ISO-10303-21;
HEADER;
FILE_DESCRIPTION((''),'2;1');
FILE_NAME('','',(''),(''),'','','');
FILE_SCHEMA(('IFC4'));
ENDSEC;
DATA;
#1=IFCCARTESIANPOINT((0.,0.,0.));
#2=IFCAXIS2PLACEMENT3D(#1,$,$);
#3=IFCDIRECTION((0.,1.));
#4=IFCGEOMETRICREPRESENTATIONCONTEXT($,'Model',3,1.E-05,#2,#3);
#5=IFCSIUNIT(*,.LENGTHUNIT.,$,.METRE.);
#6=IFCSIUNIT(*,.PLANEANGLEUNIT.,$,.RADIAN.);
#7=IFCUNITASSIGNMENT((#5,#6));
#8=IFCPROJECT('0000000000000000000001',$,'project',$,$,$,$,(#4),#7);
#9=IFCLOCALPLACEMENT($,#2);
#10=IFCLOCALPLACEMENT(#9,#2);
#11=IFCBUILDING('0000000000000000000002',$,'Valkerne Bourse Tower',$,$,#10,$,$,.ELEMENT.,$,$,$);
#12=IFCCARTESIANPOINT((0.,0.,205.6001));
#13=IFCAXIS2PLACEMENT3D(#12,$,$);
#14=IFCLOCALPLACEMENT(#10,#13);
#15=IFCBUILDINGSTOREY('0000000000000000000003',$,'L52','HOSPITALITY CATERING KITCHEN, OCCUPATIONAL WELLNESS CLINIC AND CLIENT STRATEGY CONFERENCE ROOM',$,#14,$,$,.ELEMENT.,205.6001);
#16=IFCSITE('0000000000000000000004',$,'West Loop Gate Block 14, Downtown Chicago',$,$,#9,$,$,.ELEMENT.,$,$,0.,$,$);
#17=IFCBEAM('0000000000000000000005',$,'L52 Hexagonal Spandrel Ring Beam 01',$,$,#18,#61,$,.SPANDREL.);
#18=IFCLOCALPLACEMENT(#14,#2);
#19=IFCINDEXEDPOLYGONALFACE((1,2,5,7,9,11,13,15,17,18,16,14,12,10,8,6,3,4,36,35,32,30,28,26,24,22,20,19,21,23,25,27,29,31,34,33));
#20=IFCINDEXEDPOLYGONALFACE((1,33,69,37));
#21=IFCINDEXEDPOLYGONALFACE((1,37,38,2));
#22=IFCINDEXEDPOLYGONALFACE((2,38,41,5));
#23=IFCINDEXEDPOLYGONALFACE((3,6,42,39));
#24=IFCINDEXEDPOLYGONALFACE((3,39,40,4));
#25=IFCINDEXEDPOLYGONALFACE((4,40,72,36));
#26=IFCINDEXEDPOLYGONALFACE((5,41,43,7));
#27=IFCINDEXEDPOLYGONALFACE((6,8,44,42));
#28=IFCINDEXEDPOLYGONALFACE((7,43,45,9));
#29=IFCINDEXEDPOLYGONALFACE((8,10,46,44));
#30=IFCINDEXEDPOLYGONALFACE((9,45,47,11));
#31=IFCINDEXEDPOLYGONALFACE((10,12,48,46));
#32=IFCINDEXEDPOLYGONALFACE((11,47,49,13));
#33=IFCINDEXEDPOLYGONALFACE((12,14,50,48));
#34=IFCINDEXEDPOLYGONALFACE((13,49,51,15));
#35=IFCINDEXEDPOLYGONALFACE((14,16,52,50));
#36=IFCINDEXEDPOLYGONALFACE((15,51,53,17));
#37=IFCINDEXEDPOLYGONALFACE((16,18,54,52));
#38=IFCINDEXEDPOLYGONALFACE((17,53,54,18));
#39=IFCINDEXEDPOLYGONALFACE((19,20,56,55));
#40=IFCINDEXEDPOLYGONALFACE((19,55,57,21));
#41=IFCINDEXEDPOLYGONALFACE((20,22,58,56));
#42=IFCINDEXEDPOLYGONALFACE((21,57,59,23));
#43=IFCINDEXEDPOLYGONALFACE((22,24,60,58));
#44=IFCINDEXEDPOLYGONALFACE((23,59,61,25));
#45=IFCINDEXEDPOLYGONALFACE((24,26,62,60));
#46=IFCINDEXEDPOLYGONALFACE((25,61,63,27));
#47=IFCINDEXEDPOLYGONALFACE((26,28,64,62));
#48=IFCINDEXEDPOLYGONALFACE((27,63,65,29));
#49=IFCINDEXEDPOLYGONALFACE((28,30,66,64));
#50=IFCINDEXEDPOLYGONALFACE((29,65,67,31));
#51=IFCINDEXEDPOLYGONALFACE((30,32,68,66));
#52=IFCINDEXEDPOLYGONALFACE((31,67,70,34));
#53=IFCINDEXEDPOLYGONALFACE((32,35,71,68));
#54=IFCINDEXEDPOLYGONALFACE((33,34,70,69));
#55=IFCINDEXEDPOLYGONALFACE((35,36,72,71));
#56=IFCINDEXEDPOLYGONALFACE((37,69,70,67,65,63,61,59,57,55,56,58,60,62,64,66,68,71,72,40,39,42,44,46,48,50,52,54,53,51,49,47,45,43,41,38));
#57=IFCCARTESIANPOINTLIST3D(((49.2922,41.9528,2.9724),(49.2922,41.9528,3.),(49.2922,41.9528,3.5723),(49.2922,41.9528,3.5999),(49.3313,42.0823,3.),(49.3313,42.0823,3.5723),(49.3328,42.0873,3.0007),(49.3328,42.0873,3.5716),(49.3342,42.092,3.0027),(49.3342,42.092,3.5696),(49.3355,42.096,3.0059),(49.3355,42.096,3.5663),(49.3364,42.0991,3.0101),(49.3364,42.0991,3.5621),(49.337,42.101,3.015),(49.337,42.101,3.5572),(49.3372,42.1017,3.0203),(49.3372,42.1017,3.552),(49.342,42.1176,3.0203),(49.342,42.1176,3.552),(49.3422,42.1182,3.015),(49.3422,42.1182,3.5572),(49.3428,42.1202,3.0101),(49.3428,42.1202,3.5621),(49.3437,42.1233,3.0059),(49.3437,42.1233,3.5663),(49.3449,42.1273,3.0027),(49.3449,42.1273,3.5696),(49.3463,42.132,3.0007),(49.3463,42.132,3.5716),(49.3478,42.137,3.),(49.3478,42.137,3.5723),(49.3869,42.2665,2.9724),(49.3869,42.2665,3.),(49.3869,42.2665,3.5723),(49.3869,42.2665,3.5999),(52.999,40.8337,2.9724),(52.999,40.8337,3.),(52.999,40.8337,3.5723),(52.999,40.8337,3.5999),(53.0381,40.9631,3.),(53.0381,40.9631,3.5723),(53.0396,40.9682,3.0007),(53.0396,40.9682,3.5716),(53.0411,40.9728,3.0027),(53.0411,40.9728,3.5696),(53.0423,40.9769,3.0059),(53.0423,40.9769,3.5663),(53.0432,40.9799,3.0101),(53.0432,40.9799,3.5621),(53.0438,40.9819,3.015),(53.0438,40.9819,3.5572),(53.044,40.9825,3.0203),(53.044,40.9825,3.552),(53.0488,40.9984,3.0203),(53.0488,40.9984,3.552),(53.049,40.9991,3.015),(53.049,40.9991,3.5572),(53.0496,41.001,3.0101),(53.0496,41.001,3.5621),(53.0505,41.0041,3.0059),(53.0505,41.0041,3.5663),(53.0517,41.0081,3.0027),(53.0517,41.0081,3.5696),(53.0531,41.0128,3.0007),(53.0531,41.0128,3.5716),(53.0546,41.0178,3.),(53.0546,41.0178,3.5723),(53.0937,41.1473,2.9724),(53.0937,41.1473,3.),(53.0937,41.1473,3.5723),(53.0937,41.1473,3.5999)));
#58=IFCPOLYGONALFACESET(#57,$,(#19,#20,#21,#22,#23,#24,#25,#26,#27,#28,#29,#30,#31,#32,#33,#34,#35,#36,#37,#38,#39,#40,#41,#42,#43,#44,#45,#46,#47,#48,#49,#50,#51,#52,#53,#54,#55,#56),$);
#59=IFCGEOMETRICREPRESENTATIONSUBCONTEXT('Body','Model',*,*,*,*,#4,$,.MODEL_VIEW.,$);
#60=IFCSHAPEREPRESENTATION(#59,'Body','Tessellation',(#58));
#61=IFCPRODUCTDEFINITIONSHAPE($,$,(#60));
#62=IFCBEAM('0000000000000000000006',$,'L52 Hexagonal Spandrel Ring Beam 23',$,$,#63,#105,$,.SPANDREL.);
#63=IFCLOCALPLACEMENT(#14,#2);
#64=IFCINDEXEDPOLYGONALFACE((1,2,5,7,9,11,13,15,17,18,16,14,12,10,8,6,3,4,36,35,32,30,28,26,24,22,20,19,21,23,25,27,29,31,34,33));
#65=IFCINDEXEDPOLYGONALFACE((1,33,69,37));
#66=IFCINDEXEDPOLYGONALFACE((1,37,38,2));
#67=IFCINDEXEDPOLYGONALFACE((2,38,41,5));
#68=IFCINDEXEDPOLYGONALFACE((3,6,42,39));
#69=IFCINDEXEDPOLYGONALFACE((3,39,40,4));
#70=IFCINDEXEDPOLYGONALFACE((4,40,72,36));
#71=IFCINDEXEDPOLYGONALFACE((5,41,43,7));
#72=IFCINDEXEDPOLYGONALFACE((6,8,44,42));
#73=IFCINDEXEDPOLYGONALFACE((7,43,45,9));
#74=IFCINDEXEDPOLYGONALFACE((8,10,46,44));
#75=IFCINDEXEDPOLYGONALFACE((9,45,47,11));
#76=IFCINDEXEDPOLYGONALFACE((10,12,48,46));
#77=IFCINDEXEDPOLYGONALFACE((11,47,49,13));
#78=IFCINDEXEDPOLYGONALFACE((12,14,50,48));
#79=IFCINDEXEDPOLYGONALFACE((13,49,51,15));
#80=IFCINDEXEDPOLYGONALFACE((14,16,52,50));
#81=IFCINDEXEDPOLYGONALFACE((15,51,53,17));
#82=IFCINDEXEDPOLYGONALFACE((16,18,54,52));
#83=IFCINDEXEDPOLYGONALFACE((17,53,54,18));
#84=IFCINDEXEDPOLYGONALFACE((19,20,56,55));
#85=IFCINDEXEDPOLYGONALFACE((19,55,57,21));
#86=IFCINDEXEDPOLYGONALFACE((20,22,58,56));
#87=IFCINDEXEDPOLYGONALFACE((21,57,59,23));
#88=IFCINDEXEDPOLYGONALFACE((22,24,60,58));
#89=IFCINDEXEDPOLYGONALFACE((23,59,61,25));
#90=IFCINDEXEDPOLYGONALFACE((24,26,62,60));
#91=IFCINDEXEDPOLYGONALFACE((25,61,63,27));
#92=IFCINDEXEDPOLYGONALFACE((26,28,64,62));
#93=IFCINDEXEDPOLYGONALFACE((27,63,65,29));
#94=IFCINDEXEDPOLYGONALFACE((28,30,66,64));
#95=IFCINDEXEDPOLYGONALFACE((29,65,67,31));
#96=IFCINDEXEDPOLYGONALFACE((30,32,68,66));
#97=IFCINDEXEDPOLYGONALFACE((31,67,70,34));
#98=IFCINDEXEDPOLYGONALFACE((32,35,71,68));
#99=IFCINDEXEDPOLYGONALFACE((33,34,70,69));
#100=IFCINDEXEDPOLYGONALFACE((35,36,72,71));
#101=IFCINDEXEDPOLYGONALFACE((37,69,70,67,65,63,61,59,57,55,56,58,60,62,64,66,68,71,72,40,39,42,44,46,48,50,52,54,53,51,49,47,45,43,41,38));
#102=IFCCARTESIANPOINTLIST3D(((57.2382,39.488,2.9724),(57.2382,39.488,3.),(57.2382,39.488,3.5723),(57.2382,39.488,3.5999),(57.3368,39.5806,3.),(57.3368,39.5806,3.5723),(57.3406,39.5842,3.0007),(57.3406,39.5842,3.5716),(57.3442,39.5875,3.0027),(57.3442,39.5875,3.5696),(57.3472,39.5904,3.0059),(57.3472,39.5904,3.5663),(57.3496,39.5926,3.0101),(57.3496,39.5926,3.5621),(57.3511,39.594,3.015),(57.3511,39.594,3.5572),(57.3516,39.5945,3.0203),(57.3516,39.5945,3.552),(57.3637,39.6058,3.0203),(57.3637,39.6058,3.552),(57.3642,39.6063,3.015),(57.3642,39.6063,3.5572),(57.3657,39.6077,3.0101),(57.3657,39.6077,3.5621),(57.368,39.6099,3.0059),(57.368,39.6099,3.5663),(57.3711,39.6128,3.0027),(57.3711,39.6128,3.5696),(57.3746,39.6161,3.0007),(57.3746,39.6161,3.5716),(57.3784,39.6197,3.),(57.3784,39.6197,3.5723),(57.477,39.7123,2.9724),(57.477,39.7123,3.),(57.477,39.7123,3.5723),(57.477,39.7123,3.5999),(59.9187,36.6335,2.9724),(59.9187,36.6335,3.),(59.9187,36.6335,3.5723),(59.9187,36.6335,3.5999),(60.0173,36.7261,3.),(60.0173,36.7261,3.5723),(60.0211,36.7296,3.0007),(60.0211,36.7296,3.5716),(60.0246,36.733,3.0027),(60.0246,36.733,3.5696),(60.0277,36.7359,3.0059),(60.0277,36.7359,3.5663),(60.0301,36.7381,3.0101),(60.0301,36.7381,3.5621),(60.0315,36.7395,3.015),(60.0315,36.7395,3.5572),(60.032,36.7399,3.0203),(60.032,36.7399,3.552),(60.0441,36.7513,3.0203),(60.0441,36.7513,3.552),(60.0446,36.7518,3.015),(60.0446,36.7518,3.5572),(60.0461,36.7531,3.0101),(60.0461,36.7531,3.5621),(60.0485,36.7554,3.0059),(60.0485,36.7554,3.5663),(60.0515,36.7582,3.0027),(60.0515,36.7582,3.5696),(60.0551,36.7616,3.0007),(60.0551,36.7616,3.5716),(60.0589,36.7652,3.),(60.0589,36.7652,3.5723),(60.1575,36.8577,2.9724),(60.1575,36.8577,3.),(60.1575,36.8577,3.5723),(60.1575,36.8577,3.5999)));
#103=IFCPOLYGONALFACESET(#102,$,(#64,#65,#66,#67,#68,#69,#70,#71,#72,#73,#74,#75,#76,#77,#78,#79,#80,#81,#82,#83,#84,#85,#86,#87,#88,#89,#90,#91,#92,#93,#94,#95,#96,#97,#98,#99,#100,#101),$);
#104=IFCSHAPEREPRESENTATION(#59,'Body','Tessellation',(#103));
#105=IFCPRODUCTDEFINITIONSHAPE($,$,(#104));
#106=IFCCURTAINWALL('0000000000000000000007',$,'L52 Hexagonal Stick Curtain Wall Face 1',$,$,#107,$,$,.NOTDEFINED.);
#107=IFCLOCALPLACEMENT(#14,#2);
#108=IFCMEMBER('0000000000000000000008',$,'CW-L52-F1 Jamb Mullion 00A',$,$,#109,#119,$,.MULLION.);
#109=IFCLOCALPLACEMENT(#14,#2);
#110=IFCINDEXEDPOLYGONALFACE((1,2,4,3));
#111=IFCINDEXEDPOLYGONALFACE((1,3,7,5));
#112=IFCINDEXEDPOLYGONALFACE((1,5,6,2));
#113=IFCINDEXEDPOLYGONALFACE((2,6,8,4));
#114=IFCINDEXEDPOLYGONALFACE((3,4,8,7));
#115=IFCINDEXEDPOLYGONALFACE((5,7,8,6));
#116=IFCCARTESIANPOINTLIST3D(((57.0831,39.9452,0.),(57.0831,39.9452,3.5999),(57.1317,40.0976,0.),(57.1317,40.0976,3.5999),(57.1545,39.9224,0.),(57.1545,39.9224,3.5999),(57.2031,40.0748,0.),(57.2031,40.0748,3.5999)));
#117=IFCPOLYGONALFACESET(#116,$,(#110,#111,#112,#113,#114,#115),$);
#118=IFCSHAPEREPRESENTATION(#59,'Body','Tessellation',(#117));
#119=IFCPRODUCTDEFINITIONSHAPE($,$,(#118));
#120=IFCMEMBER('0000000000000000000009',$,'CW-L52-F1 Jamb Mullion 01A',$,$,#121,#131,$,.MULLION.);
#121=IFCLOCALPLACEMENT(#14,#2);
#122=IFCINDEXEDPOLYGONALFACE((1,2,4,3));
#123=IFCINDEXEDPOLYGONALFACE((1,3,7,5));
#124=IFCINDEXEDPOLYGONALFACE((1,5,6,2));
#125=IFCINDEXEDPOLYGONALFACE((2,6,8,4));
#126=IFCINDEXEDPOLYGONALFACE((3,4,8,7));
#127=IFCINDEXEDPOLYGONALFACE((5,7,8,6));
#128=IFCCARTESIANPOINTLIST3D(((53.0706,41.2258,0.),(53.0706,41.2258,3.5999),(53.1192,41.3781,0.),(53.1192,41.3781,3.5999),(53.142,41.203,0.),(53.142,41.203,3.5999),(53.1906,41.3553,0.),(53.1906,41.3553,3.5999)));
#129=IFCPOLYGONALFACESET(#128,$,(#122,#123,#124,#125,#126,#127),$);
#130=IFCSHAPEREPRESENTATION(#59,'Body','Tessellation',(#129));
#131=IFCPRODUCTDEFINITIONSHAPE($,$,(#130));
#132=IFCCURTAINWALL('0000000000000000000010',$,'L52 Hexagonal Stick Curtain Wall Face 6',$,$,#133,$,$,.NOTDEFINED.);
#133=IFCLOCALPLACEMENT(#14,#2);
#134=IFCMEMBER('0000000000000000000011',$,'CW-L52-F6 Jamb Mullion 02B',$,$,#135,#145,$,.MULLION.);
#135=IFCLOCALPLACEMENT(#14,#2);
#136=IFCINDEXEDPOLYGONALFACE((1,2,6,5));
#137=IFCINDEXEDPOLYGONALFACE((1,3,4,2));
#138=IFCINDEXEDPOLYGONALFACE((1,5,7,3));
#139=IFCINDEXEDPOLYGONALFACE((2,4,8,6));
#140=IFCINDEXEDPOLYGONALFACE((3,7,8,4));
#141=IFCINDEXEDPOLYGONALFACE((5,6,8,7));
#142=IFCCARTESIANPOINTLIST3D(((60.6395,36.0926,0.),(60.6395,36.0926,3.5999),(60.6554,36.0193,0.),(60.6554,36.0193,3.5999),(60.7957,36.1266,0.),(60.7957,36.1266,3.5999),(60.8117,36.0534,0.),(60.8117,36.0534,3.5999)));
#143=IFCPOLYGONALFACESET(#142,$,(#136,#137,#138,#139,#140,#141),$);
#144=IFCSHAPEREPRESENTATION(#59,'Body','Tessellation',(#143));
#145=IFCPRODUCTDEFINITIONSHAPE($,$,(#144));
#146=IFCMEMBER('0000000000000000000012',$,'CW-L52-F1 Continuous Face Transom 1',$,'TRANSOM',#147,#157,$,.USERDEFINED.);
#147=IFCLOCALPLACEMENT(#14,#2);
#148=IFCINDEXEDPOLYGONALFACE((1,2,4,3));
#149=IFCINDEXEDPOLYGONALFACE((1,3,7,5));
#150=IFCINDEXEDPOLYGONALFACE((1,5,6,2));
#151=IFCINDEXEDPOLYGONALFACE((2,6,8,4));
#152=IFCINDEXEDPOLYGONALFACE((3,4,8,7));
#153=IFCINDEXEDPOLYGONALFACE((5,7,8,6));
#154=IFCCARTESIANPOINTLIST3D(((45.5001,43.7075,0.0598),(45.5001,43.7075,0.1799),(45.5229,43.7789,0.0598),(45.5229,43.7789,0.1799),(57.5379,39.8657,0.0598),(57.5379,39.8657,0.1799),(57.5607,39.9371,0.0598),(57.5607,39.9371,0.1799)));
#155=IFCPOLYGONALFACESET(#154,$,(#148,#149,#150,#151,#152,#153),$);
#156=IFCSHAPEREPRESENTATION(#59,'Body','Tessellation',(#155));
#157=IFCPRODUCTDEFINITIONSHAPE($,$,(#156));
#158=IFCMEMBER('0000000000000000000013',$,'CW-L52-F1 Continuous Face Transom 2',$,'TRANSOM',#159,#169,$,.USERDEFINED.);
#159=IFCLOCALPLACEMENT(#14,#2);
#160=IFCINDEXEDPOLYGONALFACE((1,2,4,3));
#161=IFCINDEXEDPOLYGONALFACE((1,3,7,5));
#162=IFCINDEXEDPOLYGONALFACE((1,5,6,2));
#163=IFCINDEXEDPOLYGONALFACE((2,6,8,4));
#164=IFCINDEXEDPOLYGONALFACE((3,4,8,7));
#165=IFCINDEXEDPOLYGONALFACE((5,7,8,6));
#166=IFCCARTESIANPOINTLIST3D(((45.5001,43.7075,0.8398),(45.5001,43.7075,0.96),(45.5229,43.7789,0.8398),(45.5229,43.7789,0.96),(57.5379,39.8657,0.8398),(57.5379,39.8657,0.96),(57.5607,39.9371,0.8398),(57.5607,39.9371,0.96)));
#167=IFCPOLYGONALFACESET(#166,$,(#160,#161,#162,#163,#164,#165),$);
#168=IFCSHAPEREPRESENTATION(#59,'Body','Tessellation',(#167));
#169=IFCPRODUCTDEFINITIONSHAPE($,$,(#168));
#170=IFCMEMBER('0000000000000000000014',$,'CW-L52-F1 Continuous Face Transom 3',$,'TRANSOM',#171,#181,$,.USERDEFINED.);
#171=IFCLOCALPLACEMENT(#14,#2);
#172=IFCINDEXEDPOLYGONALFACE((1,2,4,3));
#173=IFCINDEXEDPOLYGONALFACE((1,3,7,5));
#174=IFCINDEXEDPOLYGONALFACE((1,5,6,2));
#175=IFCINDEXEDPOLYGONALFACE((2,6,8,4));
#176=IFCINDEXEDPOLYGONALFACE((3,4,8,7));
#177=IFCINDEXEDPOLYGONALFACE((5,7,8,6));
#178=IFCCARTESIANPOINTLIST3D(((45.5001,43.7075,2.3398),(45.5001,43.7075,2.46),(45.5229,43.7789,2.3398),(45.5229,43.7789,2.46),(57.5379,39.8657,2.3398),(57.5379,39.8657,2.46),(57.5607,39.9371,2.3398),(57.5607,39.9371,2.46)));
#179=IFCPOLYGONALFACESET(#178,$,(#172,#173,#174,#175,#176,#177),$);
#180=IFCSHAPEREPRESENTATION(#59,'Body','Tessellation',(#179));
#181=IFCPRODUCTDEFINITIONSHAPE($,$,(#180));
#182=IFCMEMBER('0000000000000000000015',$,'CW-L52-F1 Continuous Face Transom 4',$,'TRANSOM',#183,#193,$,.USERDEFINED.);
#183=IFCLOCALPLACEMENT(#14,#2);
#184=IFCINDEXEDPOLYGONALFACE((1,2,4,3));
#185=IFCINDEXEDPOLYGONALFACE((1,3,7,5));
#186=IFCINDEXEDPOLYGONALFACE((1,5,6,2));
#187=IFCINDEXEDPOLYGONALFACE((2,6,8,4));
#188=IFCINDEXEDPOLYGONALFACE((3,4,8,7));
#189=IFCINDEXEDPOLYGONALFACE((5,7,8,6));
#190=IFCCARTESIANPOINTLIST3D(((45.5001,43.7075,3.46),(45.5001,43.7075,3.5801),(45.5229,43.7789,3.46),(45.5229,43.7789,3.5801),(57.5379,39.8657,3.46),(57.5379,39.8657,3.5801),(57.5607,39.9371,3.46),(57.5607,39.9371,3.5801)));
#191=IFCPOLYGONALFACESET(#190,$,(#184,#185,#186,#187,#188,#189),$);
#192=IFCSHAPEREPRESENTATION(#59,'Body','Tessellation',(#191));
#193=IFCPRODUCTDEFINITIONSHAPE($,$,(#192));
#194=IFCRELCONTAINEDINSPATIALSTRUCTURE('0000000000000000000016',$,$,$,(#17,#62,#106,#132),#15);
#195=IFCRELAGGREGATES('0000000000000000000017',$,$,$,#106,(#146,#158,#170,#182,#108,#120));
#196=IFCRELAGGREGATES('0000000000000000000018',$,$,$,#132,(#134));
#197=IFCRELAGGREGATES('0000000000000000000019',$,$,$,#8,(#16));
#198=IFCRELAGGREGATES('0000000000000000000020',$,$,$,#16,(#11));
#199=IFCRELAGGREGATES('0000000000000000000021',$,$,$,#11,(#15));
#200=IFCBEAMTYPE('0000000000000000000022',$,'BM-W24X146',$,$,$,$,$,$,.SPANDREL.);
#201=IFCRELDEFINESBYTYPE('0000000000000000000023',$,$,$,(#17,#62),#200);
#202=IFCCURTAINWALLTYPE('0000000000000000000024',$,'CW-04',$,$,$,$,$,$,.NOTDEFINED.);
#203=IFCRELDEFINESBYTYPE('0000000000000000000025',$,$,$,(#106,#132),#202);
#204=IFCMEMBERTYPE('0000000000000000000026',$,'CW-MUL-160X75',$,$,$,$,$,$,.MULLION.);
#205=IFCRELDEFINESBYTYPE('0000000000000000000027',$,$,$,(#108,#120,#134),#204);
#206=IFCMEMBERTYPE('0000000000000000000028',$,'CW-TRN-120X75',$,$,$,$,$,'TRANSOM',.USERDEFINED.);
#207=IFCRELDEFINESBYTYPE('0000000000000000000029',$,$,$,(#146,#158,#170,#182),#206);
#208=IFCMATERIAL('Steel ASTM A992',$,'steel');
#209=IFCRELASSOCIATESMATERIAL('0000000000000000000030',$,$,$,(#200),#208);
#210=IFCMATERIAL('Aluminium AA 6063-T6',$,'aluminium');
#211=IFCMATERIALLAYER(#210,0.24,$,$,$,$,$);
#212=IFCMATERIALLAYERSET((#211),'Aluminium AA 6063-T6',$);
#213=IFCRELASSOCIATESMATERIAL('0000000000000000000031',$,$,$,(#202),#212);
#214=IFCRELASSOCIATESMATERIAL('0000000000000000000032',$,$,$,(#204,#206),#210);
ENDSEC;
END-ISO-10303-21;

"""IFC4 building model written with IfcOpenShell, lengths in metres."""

from ifc_helpers import new_model, si_unit, direction, frame, origin, origin_2d, place, context, subcontext, project, spatial, rectangle, i_section, extrude, material, layer, layer_set, material_profile, profile_set, type_object, element, aggregate, save


model = new_model("IFC4")

# Units and contexts
model_context = context("Model", 3, precision=1e-05, world=origin(), true_north=direction((0.0, 1.0)))
body_context = subcontext(model_context, "Body", "Model", "MODEL_VIEW")
ifc_project = project(units=[si_unit("LENGTHUNIT", "METRE"), si_unit("PLANEANGLEUNIT", "RADIAN")], contexts=[model_context])

# Site, building, storey
site_placement = place(None, origin())
site = spatial("IfcSite", under=ifc_project, at=site_placement, Name="West Loop Gate Block 14, Downtown Chicago", CompositionType="ELEMENT", RefElevation=0.0)
building_placement = place(site_placement, origin())
building = spatial("IfcBuilding", under=site, at=building_placement, Name="Valkerne Bourse Tower", CompositionType="ELEMENT")
storey_placement = place(building_placement, frame((0.0, 0.0, 205.6001)))
storey = spatial("IfcBuildingStorey", under=building, at=storey_placement, Name="L52", Description="HOSPITALITY CATERING KITCHEN, OCCUPATIONAL WELLNESS CLINIC AND CLIENT STRATEGY CONFERENCE ROOM", CompositionType="ELEMENT", Elevation=205.6001)

# Beams
ifc_material_1 = material(Name="Steel ASTM A992", Category="steel")
ifc_material_profile_1 = material_profile(ifc_material_1, i_section(OverallWidth=0.3276, OverallDepth=0.6274, WebThickness=0.0166, FlangeThickness=0.0276, FilletRadius=0.0203, at=origin_2d()), Name="W24X146")
ifc_profile_set_1 = profile_set([ifc_material_profile_1], Name="Steel ASTM A992")
beam_type = type_object("IfcBeamType", Name="BM-W24X146", PredefinedType="SPANDREL", material=ifc_profile_set_1)
beam_1_placement = place(storey_placement, frame((53.0464, 40.9905, 3.2861), z_axis=(-0.95732, 0.289031, 0.0), x_axis=(-0.289031, -0.95732, 0.0)))
element("IfcBeam", 1, at=beam_1_placement, inside=storey, type_object=beam_type, Name="L52 Hexagonal Spandrel Ring Beam 01", PredefinedType="SPANDREL", context=body_context, shape_type="SweptSolid", body=[
    extrude(i_section(OverallWidth=0.3276, OverallDepth=0.6274, WebThickness=0.0166, FlangeThickness=0.0276, FilletRadius=0.0203, at=origin_2d()), origin(), (0.0, 0.0, 1.0), 3.8721),
])
beam_2_placement = place(storey_placement, frame((60.0381, 36.7456, 3.2861), z_axis=(-0.68453, 0.728985, 0.0), x_axis=(-0.728985, -0.68453, 0.0)))
element("IfcBeam", 2, at=beam_2_placement, inside=storey, type_object=beam_type, Name="L52 Hexagonal Spandrel Ring Beam 23", PredefinedType="SPANDREL", context=body_context, shape_type="SweptSolid", body=[
    extrude(i_section(OverallWidth=0.3276, OverallDepth=0.6274, WebThickness=0.0166, FlangeThickness=0.0276, FilletRadius=0.0203, at=origin_2d()), origin(), (0.0, 0.0, 1.0), 3.9158),
])

# Curtain wall, members
ifc_material_2 = material(Name="Aluminium AA 6063-T6", Category="aluminium")
ifc_layer_1 = layer(ifc_material_2, 0.24)
ifc_layer_set_1 = layer_set([ifc_layer_1], Name="Aluminium AA 6063-T6")
curtain_wall_type = type_object("IfcCurtainWallType", Name="CW-04", PredefinedType="NOTDEFINED", material=ifc_layer_set_1)
curtain_wall_1_placement = place(storey_placement, origin())
curtain_wall_1 = element("IfcCurtainWall", 3, at=curtain_wall_1_placement, inside=storey, type_object=curtain_wall_type, Name="L52 Hexagonal Stick Curtain Wall Face 1", PredefinedType="NOTDEFINED")
ifc_material_profile_2 = material_profile(ifc_material_2, rectangle(XDim=0.075, YDim=0.1599, at=origin_2d()), Name="CWM-75X160")
ifc_profile_set_2 = profile_set([ifc_material_profile_2], Name="Aluminium AA 6063-T6")
member_type_1 = type_object("IfcMemberType", Name="CW-MUL-160X75", PredefinedType="MULLION", material=ifc_profile_set_2)
member_1_placement = place(storey_placement, frame((57.1431, 40.01, 0.0), z_axis=(0.0, 0.0, 1.0), x_axis=(-0.95266, 0.304037, 0.0)))
member_1 = element("IfcMember", 4, at=member_1_placement, type_object=member_type_1, Name="CW-L52-F1 Jamb Mullion 00A", PredefinedType="MULLION", context=body_context, shape_type="SweptSolid", body=[
    extrude(rectangle(XDim=0.075, YDim=0.1599, at=origin_2d()), origin(), (0.0, 0.0, 1.0), 3.5999),
])
member_2_placement = place(storey_placement, frame((53.1306, 41.2905, 0.0), z_axis=(0.0, 0.0, 1.0), x_axis=(-0.95266, 0.304037, 0.0)))
member_2 = element("IfcMember", 5, at=member_2_placement, type_object=member_type_1, Name="CW-L52-F1 Jamb Mullion 01A", PredefinedType="MULLION", context=body_context, shape_type="SweptSolid", body=[
    extrude(rectangle(XDim=0.075, YDim=0.1599, at=origin_2d()), origin(), (0.0, 0.0, 1.0), 3.5999),
])

# Curtain wall, member
curtain_wall_2_placement = place(storey_placement, origin())
curtain_wall_2 = element("IfcCurtainWall", 6, at=curtain_wall_2_placement, inside=storey, type_object=curtain_wall_type, Name="L52 Hexagonal Stick Curtain Wall Face 6", PredefinedType="NOTDEFINED")
member_3_placement = place(storey_placement, frame((60.7256, 36.073, 0.0), z_axis=(0.0, 0.0, 1.0), x_axis=(-0.213035, 0.977045, 0.0)))
member_3 = element("IfcMember", 7, at=member_3_placement, type_object=member_type_1, Name="CW-L52-F6 Jamb Mullion 02B", PredefinedType="MULLION", context=body_context, shape_type="SweptSolid", body=[
    extrude(rectangle(XDim=0.075, YDim=0.1599, at=origin_2d()), origin(), (0.0, 0.0, 1.0), 3.5999),
])

# Members
ifc_material_profile_3 = material_profile(ifc_material_2, rectangle(XDim=0.075, YDim=0.1201, at=origin_2d()), Name="CWT-75X120")
ifc_profile_set_3 = profile_set([ifc_material_profile_3], Name="Aluminium AA 6063-T6")
member_type_2 = type_object("IfcMemberType", Name="CW-TRN-120X75", ElementType="TRANSOM", PredefinedType="USERDEFINED", material=ifc_profile_set_3)
member_4_placement = place(storey_placement, frame((57.5493, 39.9014, 0.1199), z_axis=(-0.952661, 0.304035, 0.0), x_axis=(-0.304035, -0.952661, 0.0)))
member_4 = element("IfcMember", 8, at=member_4_placement, type_object=member_type_2, Name="CW-L52-F1 Continuous Face Transom 1", ObjectType="TRANSOM", PredefinedType="USERDEFINED", context=body_context, shape_type="SweptSolid", body=[
    extrude(rectangle(XDim=0.075, YDim=0.1201, at=origin_2d()), origin(), (0.0, 0.0, 1.0), 12.636),
])
member_5_placement = place(storey_placement, frame((57.5493, 39.9014, 0.8999), z_axis=(-0.952661, 0.304035, 0.0), x_axis=(-0.304035, -0.952661, 0.0)))
member_5 = element("IfcMember", 9, at=member_5_placement, type_object=member_type_2, Name="CW-L52-F1 Continuous Face Transom 2", ObjectType="TRANSOM", PredefinedType="USERDEFINED", context=body_context, shape_type="SweptSolid", body=[
    extrude(rectangle(XDim=0.075, YDim=0.1201, at=origin_2d()), origin(), (0.0, 0.0, 1.0), 12.636),
])
member_6_placement = place(storey_placement, frame((57.5493, 39.9014, 2.3999), z_axis=(-0.952661, 0.304035, 0.0), x_axis=(-0.304035, -0.952661, 0.0)))
member_6 = element("IfcMember", 10, at=member_6_placement, type_object=member_type_2, Name="CW-L52-F1 Continuous Face Transom 3", ObjectType="TRANSOM", PredefinedType="USERDEFINED", context=body_context, shape_type="SweptSolid", body=[
    extrude(rectangle(XDim=0.075, YDim=0.1201, at=origin_2d()), origin(), (0.0, 0.0, 1.0), 12.636),
])
member_7_placement = place(storey_placement, frame((57.5493, 39.9014, 3.52), z_axis=(-0.952661, 0.304035, 0.0), x_axis=(-0.304035, -0.952661, 0.0)))
member_7 = element("IfcMember", 11, at=member_7_placement, type_object=member_type_2, Name="CW-L52-F1 Continuous Face Transom 4", ObjectType="TRANSOM", PredefinedType="USERDEFINED", context=body_context, shape_type="SweptSolid", body=[
    extrude(rectangle(XDim=0.075, YDim=0.1201, at=origin_2d()), origin(), (0.0, 0.0, 1.0), 12.636),
])

aggregate(curtain_wall_1, [member_4, member_5, member_6, member_7, member_1, member_2])
aggregate(curtain_wall_2, [member_3])

save(model, "model.ifc")
